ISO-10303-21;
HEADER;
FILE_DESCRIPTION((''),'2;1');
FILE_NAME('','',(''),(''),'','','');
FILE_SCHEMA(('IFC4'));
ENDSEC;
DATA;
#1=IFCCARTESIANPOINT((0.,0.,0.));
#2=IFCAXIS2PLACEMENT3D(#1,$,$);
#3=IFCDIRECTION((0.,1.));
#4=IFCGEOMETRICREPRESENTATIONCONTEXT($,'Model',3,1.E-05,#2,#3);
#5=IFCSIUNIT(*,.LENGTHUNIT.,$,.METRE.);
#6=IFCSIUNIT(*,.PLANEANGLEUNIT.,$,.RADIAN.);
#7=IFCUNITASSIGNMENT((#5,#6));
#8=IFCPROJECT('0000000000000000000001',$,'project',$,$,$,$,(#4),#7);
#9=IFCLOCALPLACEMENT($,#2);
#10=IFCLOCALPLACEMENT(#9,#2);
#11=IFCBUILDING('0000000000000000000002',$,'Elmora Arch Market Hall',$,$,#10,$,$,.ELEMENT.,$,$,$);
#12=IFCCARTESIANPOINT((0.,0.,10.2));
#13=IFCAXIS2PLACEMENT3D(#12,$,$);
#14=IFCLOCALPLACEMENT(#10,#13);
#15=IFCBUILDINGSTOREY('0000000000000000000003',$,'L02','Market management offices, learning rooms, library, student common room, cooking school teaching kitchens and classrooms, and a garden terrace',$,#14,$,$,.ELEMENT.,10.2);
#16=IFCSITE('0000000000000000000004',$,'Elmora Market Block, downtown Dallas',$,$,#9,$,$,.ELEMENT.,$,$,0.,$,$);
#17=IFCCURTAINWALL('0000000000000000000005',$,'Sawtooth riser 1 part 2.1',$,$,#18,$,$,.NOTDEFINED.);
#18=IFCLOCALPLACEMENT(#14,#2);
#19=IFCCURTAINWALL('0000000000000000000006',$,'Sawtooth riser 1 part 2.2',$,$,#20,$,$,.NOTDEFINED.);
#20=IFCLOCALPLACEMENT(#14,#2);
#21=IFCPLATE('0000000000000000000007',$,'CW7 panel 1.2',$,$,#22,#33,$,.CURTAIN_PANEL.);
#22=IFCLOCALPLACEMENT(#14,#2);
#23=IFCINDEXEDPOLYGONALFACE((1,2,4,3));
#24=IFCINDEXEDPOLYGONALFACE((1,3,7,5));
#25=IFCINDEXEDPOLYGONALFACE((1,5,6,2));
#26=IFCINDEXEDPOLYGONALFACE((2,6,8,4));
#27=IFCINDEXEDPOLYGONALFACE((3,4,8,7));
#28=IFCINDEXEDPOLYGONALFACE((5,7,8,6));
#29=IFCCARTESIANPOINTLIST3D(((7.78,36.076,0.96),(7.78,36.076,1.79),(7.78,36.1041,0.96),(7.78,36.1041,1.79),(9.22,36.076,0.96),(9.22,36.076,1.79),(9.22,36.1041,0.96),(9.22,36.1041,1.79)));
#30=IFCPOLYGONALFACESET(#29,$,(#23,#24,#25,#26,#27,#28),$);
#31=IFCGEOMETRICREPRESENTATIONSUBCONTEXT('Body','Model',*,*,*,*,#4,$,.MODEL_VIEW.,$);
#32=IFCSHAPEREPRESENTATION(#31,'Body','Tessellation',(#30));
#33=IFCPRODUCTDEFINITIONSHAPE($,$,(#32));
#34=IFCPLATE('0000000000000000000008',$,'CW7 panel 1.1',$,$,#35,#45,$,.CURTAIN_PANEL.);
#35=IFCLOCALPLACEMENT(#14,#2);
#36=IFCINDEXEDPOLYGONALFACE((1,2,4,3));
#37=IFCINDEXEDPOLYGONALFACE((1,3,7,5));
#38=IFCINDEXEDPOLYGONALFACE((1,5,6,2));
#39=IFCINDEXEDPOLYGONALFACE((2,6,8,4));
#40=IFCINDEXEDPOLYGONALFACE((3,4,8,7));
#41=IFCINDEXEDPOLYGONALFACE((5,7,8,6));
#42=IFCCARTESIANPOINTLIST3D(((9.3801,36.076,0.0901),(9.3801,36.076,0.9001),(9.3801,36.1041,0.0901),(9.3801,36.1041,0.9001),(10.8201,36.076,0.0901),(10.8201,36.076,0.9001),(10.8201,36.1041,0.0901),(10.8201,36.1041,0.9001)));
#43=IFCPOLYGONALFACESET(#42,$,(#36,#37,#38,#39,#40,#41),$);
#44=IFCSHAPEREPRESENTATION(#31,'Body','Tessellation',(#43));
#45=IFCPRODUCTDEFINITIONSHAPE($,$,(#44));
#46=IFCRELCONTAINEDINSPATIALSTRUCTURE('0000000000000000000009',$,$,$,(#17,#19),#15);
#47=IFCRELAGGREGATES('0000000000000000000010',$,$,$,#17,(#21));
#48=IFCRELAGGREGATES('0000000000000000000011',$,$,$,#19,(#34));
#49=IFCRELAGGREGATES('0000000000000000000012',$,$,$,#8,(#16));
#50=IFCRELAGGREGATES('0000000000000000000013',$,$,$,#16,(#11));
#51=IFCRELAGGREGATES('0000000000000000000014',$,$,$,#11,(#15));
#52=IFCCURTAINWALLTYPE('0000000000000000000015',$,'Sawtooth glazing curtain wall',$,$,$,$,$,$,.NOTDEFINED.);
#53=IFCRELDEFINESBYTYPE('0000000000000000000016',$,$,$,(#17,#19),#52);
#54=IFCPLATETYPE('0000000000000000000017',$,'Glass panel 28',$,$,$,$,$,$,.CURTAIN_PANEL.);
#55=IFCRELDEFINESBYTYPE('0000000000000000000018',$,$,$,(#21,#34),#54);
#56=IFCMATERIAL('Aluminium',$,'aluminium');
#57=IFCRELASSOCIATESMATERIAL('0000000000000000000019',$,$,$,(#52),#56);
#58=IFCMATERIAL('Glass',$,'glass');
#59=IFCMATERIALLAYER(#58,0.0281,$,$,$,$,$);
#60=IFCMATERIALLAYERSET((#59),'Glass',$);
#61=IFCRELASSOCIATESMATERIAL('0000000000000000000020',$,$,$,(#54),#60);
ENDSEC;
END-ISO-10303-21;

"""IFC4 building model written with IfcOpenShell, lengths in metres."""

from ifc_helpers import new_model, si_unit, direction, frame, origin, origin_2d, place, context, subcontext, project, spatial, rectangle, extrude, material, layer, layer_set, type_object, element, aggregate, save


model = new_model("IFC4")

# Units and contexts
model_context = context("Model", 3, precision=1e-05, world=origin(), true_north=direction((0.0, 1.0)))
body_context = subcontext(model_context, "Body", "Model", "MODEL_VIEW")
ifc_project = project(units=[si_unit("LENGTHUNIT", "METRE"), si_unit("PLANEANGLEUNIT", "RADIAN")], contexts=[model_context])

# Site, building, storey
site_placement = place(None, origin())
site = spatial("IfcSite", under=ifc_project, at=site_placement, Name="Elmora Market Block, downtown Dallas", CompositionType="ELEMENT", RefElevation=0.0)
building_placement = place(site_placement, origin())
building = spatial("IfcBuilding", under=site, at=building_placement, Name="Elmora Arch Market Hall", CompositionType="ELEMENT")
storey_placement = place(building_placement, frame((0.0, 0.0, 10.2)))
storey = spatial("IfcBuildingStorey", under=building, at=storey_placement, Name="L02", Description="Market management offices, learning rooms, library, student common room, cooking school teaching kitchens and classrooms, and a garden terrace", CompositionType="ELEMENT", Elevation=10.2)

# Curtain wall
ifc_material_1 = material(Name="Aluminium", Category="aluminium")
curtain_wall_type_1 = type_object("IfcCurtainWallType", Name="Sawtooth glazing curtain wall", PredefinedType="NOTDEFINED", material=ifc_material_1)
curtain_wall_1_placement = place(storey_placement, origin())
curtain_wall_1 = element("IfcCurtainWall", 1, at=curtain_wall_1_placement, inside=storey, type_object=curtain_wall_type_1, Name="Sawtooth riser 1 part 2.1", PredefinedType="NOTDEFINED")

# Curtain wall
curtain_wall_2_placement = place(storey_placement, origin())
curtain_wall_2 = element("IfcCurtainWall", 2, at=curtain_wall_2_placement, inside=storey, type_object=curtain_wall_type_1, Name="Sawtooth riser 1 part 2.2", PredefinedType="NOTDEFINED")

# Plates
ifc_material_2 = material(Name="Glass", Category="glass")
ifc_layer = layer(ifc_material_2, 0.0281)
ifc_layer_set = layer_set([ifc_layer], Name="Glass")
plate_type = type_object("IfcPlateType", Name="Glass panel 28", PredefinedType="CURTAIN_PANEL", material=ifc_layer_set)
plate_1_placement = place(storey_placement, frame((8.5, 36.0901, 0.96), z_axis=(0.0, 0.0, 1.0), x_axis=(1.0, 0.0, 0.0)))
plate_1 = element("IfcPlate", 3, at=plate_1_placement, type_object=plate_type, Name="CW7 panel 1.2", PredefinedType="CURTAIN_PANEL", context=body_context, shape_type="SweptSolid", body=[
    extrude(rectangle(XDim=1.4399, YDim=0.0281, at=origin_2d()), origin(), (0.0, 0.0, 1.0), 0.8301),
])
aggregate(curtain_wall_1, [plate_1])
plate_2_placement = place(storey_placement, frame((10.1001, 36.0901, 0.0901), z_axis=(0.0, 0.0, 1.0), x_axis=(1.0, 0.0, 0.0)))
plate_2 = element("IfcPlate", 4, at=plate_2_placement, type_object=plate_type, Name="CW7 panel 1.1", PredefinedType="CURTAIN_PANEL", context=body_context, shape_type="SweptSolid", body=[
    extrude(rectangle(XDim=1.4399, YDim=0.0281, at=origin_2d()), origin(), (0.0, 0.0, 1.0), 0.8101),
])
aggregate(curtain_wall_2, [plate_2])

save(model, "model.ifc")
